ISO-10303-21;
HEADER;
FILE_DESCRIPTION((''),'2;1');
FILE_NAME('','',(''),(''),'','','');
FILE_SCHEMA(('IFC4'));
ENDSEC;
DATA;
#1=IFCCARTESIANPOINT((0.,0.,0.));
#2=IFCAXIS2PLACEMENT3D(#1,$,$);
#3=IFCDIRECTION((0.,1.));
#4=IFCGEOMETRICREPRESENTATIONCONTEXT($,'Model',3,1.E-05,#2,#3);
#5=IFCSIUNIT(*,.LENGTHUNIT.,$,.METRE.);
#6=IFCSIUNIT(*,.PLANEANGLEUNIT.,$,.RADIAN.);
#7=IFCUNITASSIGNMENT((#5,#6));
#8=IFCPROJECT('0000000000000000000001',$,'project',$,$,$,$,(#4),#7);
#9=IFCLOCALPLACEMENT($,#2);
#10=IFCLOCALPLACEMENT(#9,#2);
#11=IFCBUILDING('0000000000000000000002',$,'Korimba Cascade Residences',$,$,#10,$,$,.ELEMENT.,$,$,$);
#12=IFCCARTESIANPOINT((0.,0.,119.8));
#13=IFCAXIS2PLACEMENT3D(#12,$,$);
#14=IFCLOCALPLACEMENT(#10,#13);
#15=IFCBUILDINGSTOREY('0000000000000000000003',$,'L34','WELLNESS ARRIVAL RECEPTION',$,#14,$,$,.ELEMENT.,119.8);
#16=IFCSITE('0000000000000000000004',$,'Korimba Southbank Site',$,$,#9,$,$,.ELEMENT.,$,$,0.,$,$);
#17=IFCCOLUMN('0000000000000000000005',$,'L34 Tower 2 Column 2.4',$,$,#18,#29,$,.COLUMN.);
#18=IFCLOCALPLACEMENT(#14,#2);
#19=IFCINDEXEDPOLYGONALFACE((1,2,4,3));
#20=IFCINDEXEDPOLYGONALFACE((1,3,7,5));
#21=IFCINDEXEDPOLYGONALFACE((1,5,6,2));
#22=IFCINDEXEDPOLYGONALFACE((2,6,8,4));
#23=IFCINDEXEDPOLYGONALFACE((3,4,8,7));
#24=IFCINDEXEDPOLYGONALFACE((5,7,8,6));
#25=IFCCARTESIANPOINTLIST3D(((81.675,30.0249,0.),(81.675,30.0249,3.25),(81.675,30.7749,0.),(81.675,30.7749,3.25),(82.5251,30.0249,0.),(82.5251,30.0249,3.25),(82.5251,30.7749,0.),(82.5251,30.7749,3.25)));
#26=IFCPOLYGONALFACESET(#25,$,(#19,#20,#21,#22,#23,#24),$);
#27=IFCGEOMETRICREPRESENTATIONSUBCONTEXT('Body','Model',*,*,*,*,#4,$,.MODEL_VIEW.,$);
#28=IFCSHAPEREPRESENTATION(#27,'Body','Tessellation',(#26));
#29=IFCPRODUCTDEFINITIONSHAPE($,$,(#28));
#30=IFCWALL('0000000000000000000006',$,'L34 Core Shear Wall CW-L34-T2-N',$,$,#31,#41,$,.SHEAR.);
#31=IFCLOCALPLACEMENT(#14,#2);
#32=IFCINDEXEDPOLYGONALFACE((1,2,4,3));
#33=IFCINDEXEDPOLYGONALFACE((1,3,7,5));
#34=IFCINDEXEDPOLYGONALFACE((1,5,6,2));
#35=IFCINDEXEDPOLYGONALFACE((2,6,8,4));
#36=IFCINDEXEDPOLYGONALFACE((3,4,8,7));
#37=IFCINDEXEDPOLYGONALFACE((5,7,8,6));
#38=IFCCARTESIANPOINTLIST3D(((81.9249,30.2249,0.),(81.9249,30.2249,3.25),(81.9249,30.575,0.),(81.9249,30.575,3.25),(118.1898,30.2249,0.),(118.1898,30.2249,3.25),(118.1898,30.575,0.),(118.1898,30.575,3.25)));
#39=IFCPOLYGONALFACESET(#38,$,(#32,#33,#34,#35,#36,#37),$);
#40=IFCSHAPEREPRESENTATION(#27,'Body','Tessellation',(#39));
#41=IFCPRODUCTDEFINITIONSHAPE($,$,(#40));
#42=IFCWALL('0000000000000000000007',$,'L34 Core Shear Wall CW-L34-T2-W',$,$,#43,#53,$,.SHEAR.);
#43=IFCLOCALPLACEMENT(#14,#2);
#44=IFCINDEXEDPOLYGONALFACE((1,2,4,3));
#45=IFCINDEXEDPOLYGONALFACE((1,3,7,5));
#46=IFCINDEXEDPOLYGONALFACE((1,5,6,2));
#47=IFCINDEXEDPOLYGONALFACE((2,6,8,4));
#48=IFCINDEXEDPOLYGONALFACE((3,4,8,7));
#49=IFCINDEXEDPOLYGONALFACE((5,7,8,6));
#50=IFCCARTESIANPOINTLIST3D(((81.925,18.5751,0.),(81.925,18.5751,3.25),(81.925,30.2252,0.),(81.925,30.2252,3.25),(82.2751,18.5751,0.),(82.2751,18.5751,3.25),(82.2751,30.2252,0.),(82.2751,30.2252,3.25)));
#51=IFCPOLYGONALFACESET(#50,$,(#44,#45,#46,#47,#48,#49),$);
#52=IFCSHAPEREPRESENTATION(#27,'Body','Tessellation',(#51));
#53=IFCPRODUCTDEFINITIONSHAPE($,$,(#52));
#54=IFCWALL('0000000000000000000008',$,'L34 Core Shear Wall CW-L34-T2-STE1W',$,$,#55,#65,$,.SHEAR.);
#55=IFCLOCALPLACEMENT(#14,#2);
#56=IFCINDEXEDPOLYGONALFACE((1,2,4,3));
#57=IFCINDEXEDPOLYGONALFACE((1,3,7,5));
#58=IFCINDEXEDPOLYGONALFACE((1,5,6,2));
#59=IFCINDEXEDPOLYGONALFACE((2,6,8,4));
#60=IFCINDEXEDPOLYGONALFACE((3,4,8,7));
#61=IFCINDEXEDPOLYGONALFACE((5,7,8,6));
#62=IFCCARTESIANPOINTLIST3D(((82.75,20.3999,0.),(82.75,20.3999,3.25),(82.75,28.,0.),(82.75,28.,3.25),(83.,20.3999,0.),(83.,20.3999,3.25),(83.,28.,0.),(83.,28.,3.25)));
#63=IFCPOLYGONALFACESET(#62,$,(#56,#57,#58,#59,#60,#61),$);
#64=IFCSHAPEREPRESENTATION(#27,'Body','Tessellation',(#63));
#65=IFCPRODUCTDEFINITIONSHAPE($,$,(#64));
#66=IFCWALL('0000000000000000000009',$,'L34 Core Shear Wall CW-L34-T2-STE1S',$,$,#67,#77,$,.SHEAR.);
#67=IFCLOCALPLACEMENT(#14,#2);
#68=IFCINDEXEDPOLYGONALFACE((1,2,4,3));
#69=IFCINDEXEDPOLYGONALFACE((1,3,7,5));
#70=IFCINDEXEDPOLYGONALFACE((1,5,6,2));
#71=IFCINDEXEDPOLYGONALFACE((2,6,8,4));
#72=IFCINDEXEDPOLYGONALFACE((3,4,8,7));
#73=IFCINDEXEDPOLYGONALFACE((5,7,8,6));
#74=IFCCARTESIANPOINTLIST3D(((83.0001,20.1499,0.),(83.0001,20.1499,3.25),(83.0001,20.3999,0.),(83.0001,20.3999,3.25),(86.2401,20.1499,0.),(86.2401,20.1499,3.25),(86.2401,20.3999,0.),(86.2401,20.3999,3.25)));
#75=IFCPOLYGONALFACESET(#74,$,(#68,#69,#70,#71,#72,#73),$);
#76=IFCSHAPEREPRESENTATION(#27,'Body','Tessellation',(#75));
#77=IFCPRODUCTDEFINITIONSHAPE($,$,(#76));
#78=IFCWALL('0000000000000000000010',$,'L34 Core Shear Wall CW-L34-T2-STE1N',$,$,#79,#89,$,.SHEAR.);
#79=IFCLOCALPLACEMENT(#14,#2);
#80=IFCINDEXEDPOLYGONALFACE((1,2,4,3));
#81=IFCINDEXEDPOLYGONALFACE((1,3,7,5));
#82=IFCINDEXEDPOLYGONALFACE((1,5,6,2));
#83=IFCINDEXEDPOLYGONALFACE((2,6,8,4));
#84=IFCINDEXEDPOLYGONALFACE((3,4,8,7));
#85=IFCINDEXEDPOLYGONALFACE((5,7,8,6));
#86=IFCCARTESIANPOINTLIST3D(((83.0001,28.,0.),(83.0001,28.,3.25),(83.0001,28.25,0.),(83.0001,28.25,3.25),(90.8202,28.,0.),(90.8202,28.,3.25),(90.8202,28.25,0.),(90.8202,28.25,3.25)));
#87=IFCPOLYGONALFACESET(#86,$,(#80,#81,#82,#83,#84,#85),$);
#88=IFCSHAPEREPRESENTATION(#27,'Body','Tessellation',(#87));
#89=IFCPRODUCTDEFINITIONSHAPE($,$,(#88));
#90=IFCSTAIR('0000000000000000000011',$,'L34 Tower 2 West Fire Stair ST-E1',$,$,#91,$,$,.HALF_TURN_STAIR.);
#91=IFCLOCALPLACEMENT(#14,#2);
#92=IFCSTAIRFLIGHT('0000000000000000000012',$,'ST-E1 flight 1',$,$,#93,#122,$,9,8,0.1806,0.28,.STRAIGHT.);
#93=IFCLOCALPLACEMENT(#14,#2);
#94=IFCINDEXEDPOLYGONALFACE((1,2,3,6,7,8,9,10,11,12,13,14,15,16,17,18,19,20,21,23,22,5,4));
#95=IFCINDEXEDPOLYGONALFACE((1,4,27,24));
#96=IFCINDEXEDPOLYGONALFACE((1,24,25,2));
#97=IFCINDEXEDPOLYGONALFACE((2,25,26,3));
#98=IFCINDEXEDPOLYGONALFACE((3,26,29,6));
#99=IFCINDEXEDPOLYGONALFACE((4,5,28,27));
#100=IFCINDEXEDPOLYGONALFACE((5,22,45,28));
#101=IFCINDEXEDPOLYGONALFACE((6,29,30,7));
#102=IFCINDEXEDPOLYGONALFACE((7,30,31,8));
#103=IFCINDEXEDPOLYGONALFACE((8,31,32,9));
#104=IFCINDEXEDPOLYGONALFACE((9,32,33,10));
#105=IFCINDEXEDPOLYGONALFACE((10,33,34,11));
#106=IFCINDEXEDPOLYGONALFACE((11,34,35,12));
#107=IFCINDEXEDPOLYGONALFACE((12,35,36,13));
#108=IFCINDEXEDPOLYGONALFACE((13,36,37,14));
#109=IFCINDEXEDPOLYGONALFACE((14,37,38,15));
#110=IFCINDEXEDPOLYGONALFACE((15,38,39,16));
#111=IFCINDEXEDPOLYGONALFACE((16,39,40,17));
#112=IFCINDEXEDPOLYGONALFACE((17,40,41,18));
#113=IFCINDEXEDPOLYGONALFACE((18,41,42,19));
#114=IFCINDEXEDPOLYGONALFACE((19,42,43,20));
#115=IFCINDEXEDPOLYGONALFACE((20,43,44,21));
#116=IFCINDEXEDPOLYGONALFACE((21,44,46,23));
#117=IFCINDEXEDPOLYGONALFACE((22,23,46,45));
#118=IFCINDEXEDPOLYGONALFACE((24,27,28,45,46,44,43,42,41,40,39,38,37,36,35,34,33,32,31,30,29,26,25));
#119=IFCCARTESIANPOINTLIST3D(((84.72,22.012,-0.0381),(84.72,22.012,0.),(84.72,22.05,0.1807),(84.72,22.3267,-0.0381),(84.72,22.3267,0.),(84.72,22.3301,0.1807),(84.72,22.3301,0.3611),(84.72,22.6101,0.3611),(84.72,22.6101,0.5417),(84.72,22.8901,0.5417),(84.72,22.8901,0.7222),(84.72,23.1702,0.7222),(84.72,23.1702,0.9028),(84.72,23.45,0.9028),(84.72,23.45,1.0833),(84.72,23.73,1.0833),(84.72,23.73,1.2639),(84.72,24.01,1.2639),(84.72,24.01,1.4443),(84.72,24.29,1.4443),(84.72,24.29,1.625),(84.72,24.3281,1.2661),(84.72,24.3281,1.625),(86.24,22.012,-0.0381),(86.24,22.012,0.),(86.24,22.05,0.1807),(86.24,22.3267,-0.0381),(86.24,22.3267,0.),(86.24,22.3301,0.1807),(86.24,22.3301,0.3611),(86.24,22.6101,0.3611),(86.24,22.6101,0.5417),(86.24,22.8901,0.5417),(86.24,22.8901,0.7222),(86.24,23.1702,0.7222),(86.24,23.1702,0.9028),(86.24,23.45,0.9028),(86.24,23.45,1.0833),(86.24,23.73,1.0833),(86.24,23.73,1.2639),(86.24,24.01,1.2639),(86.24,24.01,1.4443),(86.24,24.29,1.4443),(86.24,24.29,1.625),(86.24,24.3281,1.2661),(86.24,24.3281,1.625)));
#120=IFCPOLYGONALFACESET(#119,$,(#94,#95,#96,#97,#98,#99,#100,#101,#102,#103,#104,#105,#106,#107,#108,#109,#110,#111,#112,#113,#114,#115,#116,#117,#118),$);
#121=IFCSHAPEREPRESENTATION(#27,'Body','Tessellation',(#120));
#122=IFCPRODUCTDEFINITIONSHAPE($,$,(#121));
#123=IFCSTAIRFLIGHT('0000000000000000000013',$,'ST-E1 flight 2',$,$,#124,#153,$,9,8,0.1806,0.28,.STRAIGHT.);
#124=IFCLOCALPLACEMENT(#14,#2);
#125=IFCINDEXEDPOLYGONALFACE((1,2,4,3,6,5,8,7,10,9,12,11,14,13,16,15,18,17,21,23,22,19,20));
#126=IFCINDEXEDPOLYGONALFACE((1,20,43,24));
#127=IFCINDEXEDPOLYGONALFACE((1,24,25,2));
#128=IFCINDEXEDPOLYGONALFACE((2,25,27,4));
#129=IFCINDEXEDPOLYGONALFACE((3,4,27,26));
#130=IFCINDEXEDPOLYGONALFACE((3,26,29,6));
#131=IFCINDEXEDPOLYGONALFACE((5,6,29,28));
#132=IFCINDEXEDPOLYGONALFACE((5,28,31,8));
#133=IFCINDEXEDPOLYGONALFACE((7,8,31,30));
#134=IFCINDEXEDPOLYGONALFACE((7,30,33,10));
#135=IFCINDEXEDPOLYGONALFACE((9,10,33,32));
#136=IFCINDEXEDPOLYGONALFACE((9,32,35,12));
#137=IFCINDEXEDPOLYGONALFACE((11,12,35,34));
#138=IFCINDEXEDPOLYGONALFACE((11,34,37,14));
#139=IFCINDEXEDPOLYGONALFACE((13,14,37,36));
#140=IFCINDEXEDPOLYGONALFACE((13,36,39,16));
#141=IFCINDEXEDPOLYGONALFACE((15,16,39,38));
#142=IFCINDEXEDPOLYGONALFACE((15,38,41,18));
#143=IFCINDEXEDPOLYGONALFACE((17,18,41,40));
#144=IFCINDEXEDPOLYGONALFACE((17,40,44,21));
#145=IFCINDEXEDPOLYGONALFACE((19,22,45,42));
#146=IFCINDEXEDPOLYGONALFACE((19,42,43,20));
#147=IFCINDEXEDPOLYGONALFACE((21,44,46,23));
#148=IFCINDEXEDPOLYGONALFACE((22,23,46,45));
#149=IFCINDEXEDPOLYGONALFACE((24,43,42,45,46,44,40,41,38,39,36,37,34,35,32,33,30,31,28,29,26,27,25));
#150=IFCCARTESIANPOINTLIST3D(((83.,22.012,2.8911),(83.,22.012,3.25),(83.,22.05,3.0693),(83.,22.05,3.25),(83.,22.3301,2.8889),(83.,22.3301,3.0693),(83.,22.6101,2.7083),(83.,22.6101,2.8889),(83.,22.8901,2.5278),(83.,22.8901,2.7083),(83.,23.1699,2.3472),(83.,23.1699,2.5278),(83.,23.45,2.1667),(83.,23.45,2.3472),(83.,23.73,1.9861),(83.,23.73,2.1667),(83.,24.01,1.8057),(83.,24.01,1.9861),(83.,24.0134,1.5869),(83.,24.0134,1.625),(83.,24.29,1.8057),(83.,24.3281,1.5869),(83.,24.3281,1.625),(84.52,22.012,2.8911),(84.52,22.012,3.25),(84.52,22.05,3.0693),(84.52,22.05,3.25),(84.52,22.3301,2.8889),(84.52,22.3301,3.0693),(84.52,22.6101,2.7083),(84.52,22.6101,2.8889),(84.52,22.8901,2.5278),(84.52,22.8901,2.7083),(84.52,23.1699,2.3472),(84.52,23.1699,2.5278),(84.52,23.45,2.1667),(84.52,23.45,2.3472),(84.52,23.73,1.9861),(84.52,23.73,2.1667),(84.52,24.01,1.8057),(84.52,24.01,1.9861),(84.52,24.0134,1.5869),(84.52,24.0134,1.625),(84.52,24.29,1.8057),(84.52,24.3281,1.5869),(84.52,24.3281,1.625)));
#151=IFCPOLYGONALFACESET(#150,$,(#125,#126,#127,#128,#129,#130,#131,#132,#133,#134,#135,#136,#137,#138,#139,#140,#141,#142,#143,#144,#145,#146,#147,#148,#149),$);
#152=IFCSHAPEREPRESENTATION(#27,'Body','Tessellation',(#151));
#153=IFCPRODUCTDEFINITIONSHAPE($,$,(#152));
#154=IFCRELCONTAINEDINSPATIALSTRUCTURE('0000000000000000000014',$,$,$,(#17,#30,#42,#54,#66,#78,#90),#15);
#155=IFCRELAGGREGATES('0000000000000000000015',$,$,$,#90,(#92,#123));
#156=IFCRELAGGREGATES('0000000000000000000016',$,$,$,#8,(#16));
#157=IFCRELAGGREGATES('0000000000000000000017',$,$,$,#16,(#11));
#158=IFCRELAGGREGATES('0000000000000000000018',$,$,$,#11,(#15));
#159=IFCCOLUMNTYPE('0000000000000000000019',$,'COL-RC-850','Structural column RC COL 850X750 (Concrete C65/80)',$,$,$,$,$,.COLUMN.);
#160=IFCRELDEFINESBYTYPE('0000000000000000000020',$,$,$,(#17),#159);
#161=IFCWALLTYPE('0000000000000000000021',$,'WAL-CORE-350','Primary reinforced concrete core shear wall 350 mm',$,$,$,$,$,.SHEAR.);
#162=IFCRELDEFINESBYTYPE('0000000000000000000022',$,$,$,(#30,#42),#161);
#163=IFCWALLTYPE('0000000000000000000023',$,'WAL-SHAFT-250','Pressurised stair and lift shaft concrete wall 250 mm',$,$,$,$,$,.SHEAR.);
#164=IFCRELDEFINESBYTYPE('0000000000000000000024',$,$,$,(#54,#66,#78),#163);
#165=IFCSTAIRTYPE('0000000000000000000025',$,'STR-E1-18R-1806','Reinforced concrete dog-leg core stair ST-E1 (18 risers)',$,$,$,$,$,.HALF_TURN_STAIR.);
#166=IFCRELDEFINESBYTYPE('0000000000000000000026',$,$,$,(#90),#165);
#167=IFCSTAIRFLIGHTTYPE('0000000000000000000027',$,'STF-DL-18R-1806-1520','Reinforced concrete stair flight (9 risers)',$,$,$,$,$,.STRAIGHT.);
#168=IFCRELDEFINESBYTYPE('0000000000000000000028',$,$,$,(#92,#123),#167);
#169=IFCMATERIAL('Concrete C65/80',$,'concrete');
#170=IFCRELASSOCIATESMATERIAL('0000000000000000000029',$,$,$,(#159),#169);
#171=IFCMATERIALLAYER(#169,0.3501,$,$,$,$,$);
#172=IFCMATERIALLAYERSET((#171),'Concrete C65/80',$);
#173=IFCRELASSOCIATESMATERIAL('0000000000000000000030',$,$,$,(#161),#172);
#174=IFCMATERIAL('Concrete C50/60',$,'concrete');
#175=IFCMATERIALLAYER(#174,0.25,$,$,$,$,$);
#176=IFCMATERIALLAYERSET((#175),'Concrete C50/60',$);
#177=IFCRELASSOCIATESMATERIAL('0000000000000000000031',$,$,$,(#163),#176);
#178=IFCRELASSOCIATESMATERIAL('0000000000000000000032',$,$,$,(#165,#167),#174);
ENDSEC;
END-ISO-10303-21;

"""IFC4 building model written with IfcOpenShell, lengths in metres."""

from ifc_helpers import new_model, si_unit, direction, frame, frame_2d, origin, origin_2d, place, context, subcontext, project, spatial, polyline, rectangle, outline, extrude, material, layer, layer_set, material_profile, profile_set, type_object, element, aggregate, save


model = new_model("IFC4")

# Units and contexts
model_context = context("Model", 3, precision=1e-05, world=origin(), true_north=direction((0.0, 1.0)))
body_context = subcontext(model_context, "Body", "Model", "MODEL_VIEW")
ifc_project = project(units=[si_unit("LENGTHUNIT", "METRE"), si_unit("PLANEANGLEUNIT", "RADIAN")], contexts=[model_context])

# Site, building, storey
site_placement = place(None, origin())
site = spatial("IfcSite", under=ifc_project, at=site_placement, Name="Korimba Southbank Site", CompositionType="ELEMENT", RefElevation=0.0)
building_placement = place(site_placement, origin())
building = spatial("IfcBuilding", under=site, at=building_placement, Name="Korimba Cascade Residences", CompositionType="ELEMENT")
storey_placement = place(building_placement, frame((0.0, 0.0, 119.8)))
storey = spatial("IfcBuildingStorey", under=building, at=storey_placement, Name="L34", Description="WELLNESS ARRIVAL RECEPTION", CompositionType="ELEMENT", Elevation=119.8)

# Column
ifc_material_1 = material(Name="Concrete C65/80", Category="concrete")
ifc_material_profile = material_profile(ifc_material_1, rectangle(XDim=0.8501, YDim=0.75, at=origin_2d()), Name="Concrete C65/80")
ifc_profile_set = profile_set([ifc_material_profile], Name="Concrete C65/80")
column_type = type_object("IfcColumnType", Name="COL-RC-850", Description="Structural column RC COL 850X750 (Concrete C65/80)", PredefinedType="COLUMN", material=ifc_profile_set)
column_placement = place(storey_placement, frame((82.1001, 30.3999, 0.0), z_axis=(0.0, 0.0, 1.0), x_axis=(1.0, 0.0, 0.0)))
element("IfcColumn", 1, at=column_placement, inside=storey, type_object=column_type, Name="L34 Tower 2 Column 2.4", PredefinedType="COLUMN", context=body_context, shape_type="SweptSolid", body=[
    extrude(rectangle(XDim=0.8501, YDim=0.75, at=origin_2d()), origin(), (0.0, 0.0, 1.0), 3.25),
])

# Walls
ifc_layer_1 = layer(ifc_material_1, 0.3501)
ifc_layer_set_1 = layer_set([ifc_layer_1], Name="Concrete C65/80")
wall_type_1 = type_object("IfcWallType", Name="WAL-CORE-350", Description="Primary reinforced concrete core shear wall 350 mm", PredefinedType="SHEAR", material=ifc_layer_set_1)
wall_1_placement = place(storey_placement, frame((81.925, 30.3999, 0.0), z_axis=(0.0, 0.0, 1.0), x_axis=(1.0, 0.0, 0.0)))
element("IfcWall", 2, at=wall_1_placement, inside=storey, type_object=wall_type_1, Name="L34 Core Shear Wall CW-L34-T2-N", PredefinedType="SHEAR", context=body_context, shape_type="SweptSolid", body=[
    extrude(rectangle(XDim=36.2649, YDim=0.3501, at=frame_2d((18.1323, 0.0))), origin(), (0.0, 0.0, 1.0), 3.25),
])
wall_2_placement = place(storey_placement, frame((82.1001, 18.575, 0.0), z_axis=(0.0, 0.0, 1.0), x_axis=(0.0, 1.0, 0.0)))
element("IfcWall", 3, at=wall_2_placement, inside=storey, type_object=wall_type_1, Name="L34 Core Shear Wall CW-L34-T2-W", PredefinedType="SHEAR", context=body_context, shape_type="SweptSolid", body=[
    extrude(rectangle(XDim=11.6501, YDim=0.3501, at=frame_2d((5.8252, 0.0))), origin(), (0.0, 0.0, 1.0), 3.25),
])
ifc_material_2 = material(Name="Concrete C50/60", Category="concrete")
ifc_layer_2 = layer(ifc_material_2, 0.25)
ifc_layer_set_2 = layer_set([ifc_layer_2], Name="Concrete C50/60")
wall_type_2 = type_object("IfcWallType", Name="WAL-SHAFT-250", Description="Pressurised stair and lift shaft concrete wall 250 mm", PredefinedType="SHEAR", material=ifc_layer_set_2)
wall_3_placement = place(storey_placement, frame((82.875, 20.3999, 0.0), z_axis=(0.0, 0.0, 1.0), x_axis=(0.0, 1.0, 0.0)))
element("IfcWall", 4, at=wall_3_placement, inside=storey, type_object=wall_type_2, Name="L34 Core Shear Wall CW-L34-T2-STE1W", PredefinedType="SHEAR", context=body_context, shape_type="SweptSolid", body=[
    extrude(rectangle(XDim=7.6001, YDim=0.25, at=frame_2d((3.8, 0.0))), origin(), (0.0, 0.0, 1.0), 3.25),
])
wall_4_placement = place(storey_placement, frame((83.0, 20.2749, 0.0), z_axis=(0.0, 0.0, 1.0), x_axis=(1.0, 0.0, 0.0)))
element("IfcWall", 5, at=wall_4_placement, inside=storey, type_object=wall_type_2, Name="L34 Core Shear Wall CW-L34-T2-STE1S", PredefinedType="SHEAR", context=body_context, shape_type="SweptSolid", body=[
    extrude(rectangle(XDim=3.24, YDim=0.25, at=frame_2d((1.6201, 0.0))), origin(), (0.0, 0.0, 1.0), 3.25),
])
wall_5_placement = place(storey_placement, frame((83.0, 28.125, 0.0), z_axis=(0.0, 0.0, 1.0), x_axis=(1.0, 0.0, 0.0)))
element("IfcWall", 6, at=wall_5_placement, inside=storey, type_object=wall_type_2, Name="L34 Core Shear Wall CW-L34-T2-STE1N", PredefinedType="SHEAR", context=body_context, shape_type="SweptSolid", body=[
    extrude(rectangle(XDim=7.8201, YDim=0.25, at=frame_2d((3.9102, 0.0))), origin(), (0.0, 0.0, 1.0), 3.25),
])

# Stair, stair flights
stair_type = type_object("IfcStairType", Name="STR-E1-18R-1806", Description="Reinforced concrete dog-leg core stair ST-E1 (18 risers)", PredefinedType="HALF_TURN_STAIR", material=ifc_material_2)
stair_placement = place(storey_placement, origin())
stair = element("IfcStair", 7, at=stair_placement, inside=storey, type_object=stair_type, Name="L34 Tower 2 West Fire Stair ST-E1", PredefinedType="HALF_TURN_STAIR")
stair_flight_type = type_object("IfcStairFlightType", Name="STF-DL-18R-1806-1520", Description="Reinforced concrete stair flight (9 risers)", PredefinedType="STRAIGHT", material=ifc_material_2)
stair_flight_1_placement = place(storey_placement, frame((85.48, 22.05, 0.0), z_axis=(0.0, 0.0, 1.0), x_axis=(0.0, 1.0, 0.0)))
stair_flight_1 = element("IfcStairFlight", 8, at=stair_flight_1_placement, type_object=stair_flight_type, Name="ST-E1 flight 1", NumberOfRisers=9, NumberOfTreads=8, PredefinedType="STRAIGHT", RiserHeight=0.1806, TreadLength=0.28, context=body_context, shape_type="SweptSolid", body=[
    extrude(outline(polyline([(-0.0381, 0.0), (0.0, 0.1807), (0.28, 0.1807), (0.28, 0.3611), (0.5601, 0.3611), (0.5601, 0.5417), (0.8401, 0.5417), (0.8401, 0.7222), (1.1201, 0.7222), (1.1201, 0.9028), (1.3999, 0.9028), (1.3999, 1.0833), (1.6799, 1.0833), (1.6799, 1.2639), (1.96, 1.2639), (1.96, 1.4443), (2.24, 1.4443), (2.24, 1.625), (2.2781, 1.625), (2.2781, 1.2661), (0.2766, 0.0), (0.2766, -0.0381), (-0.0381, -0.0381), (-0.0381, 0.0)])), frame((0.0, 0.76, 0.0), z_axis=(0.0, -1.0, 0.0), x_axis=(1.0, 0.0, 0.0)), (0.0, 0.0, 1.0), 1.52),
])
stair_flight_2_placement = place(storey_placement, frame((83.76, 24.29, 1.625), z_axis=(0.0, 0.0, 1.0), x_axis=(0.0, -1.0, 0.0)))
stair_flight_2 = element("IfcStairFlight", 9, at=stair_flight_2_placement, type_object=stair_flight_type, Name="ST-E1 flight 2", NumberOfRisers=9, NumberOfTreads=8, PredefinedType="STRAIGHT", RiserHeight=0.1806, TreadLength=0.28, context=body_context, shape_type="SweptSolid", body=[
    extrude(outline(polyline([(-0.0381, 0.0), (0.0, 0.1807), (0.28, 0.1807), (0.28, 0.3611), (0.5601, 0.3611), (0.5601, 0.5417), (0.8401, 0.5417), (0.8401, 0.7222), (1.1201, 0.7222), (1.1201, 0.9028), (1.3999, 0.9028), (1.3999, 1.0833), (1.6799, 1.0833), (1.6799, 1.2639), (1.96, 1.2639), (1.96, 1.4443), (2.24, 1.4443), (2.24, 1.625), (2.2781, 1.625), (2.2781, 1.2661), (0.2766, 0.0), (0.2766, -0.0381), (-0.0381, -0.0381), (-0.0381, 0.0)])), frame((0.0, 0.76, 0.0), z_axis=(0.0, -1.0, 0.0), x_axis=(1.0, 0.0, 0.0)), (0.0, 0.0, 1.0), 1.52),
])
aggregate(stair, [stair_flight_1, stair_flight_2])

save(model, "model.ifc")
